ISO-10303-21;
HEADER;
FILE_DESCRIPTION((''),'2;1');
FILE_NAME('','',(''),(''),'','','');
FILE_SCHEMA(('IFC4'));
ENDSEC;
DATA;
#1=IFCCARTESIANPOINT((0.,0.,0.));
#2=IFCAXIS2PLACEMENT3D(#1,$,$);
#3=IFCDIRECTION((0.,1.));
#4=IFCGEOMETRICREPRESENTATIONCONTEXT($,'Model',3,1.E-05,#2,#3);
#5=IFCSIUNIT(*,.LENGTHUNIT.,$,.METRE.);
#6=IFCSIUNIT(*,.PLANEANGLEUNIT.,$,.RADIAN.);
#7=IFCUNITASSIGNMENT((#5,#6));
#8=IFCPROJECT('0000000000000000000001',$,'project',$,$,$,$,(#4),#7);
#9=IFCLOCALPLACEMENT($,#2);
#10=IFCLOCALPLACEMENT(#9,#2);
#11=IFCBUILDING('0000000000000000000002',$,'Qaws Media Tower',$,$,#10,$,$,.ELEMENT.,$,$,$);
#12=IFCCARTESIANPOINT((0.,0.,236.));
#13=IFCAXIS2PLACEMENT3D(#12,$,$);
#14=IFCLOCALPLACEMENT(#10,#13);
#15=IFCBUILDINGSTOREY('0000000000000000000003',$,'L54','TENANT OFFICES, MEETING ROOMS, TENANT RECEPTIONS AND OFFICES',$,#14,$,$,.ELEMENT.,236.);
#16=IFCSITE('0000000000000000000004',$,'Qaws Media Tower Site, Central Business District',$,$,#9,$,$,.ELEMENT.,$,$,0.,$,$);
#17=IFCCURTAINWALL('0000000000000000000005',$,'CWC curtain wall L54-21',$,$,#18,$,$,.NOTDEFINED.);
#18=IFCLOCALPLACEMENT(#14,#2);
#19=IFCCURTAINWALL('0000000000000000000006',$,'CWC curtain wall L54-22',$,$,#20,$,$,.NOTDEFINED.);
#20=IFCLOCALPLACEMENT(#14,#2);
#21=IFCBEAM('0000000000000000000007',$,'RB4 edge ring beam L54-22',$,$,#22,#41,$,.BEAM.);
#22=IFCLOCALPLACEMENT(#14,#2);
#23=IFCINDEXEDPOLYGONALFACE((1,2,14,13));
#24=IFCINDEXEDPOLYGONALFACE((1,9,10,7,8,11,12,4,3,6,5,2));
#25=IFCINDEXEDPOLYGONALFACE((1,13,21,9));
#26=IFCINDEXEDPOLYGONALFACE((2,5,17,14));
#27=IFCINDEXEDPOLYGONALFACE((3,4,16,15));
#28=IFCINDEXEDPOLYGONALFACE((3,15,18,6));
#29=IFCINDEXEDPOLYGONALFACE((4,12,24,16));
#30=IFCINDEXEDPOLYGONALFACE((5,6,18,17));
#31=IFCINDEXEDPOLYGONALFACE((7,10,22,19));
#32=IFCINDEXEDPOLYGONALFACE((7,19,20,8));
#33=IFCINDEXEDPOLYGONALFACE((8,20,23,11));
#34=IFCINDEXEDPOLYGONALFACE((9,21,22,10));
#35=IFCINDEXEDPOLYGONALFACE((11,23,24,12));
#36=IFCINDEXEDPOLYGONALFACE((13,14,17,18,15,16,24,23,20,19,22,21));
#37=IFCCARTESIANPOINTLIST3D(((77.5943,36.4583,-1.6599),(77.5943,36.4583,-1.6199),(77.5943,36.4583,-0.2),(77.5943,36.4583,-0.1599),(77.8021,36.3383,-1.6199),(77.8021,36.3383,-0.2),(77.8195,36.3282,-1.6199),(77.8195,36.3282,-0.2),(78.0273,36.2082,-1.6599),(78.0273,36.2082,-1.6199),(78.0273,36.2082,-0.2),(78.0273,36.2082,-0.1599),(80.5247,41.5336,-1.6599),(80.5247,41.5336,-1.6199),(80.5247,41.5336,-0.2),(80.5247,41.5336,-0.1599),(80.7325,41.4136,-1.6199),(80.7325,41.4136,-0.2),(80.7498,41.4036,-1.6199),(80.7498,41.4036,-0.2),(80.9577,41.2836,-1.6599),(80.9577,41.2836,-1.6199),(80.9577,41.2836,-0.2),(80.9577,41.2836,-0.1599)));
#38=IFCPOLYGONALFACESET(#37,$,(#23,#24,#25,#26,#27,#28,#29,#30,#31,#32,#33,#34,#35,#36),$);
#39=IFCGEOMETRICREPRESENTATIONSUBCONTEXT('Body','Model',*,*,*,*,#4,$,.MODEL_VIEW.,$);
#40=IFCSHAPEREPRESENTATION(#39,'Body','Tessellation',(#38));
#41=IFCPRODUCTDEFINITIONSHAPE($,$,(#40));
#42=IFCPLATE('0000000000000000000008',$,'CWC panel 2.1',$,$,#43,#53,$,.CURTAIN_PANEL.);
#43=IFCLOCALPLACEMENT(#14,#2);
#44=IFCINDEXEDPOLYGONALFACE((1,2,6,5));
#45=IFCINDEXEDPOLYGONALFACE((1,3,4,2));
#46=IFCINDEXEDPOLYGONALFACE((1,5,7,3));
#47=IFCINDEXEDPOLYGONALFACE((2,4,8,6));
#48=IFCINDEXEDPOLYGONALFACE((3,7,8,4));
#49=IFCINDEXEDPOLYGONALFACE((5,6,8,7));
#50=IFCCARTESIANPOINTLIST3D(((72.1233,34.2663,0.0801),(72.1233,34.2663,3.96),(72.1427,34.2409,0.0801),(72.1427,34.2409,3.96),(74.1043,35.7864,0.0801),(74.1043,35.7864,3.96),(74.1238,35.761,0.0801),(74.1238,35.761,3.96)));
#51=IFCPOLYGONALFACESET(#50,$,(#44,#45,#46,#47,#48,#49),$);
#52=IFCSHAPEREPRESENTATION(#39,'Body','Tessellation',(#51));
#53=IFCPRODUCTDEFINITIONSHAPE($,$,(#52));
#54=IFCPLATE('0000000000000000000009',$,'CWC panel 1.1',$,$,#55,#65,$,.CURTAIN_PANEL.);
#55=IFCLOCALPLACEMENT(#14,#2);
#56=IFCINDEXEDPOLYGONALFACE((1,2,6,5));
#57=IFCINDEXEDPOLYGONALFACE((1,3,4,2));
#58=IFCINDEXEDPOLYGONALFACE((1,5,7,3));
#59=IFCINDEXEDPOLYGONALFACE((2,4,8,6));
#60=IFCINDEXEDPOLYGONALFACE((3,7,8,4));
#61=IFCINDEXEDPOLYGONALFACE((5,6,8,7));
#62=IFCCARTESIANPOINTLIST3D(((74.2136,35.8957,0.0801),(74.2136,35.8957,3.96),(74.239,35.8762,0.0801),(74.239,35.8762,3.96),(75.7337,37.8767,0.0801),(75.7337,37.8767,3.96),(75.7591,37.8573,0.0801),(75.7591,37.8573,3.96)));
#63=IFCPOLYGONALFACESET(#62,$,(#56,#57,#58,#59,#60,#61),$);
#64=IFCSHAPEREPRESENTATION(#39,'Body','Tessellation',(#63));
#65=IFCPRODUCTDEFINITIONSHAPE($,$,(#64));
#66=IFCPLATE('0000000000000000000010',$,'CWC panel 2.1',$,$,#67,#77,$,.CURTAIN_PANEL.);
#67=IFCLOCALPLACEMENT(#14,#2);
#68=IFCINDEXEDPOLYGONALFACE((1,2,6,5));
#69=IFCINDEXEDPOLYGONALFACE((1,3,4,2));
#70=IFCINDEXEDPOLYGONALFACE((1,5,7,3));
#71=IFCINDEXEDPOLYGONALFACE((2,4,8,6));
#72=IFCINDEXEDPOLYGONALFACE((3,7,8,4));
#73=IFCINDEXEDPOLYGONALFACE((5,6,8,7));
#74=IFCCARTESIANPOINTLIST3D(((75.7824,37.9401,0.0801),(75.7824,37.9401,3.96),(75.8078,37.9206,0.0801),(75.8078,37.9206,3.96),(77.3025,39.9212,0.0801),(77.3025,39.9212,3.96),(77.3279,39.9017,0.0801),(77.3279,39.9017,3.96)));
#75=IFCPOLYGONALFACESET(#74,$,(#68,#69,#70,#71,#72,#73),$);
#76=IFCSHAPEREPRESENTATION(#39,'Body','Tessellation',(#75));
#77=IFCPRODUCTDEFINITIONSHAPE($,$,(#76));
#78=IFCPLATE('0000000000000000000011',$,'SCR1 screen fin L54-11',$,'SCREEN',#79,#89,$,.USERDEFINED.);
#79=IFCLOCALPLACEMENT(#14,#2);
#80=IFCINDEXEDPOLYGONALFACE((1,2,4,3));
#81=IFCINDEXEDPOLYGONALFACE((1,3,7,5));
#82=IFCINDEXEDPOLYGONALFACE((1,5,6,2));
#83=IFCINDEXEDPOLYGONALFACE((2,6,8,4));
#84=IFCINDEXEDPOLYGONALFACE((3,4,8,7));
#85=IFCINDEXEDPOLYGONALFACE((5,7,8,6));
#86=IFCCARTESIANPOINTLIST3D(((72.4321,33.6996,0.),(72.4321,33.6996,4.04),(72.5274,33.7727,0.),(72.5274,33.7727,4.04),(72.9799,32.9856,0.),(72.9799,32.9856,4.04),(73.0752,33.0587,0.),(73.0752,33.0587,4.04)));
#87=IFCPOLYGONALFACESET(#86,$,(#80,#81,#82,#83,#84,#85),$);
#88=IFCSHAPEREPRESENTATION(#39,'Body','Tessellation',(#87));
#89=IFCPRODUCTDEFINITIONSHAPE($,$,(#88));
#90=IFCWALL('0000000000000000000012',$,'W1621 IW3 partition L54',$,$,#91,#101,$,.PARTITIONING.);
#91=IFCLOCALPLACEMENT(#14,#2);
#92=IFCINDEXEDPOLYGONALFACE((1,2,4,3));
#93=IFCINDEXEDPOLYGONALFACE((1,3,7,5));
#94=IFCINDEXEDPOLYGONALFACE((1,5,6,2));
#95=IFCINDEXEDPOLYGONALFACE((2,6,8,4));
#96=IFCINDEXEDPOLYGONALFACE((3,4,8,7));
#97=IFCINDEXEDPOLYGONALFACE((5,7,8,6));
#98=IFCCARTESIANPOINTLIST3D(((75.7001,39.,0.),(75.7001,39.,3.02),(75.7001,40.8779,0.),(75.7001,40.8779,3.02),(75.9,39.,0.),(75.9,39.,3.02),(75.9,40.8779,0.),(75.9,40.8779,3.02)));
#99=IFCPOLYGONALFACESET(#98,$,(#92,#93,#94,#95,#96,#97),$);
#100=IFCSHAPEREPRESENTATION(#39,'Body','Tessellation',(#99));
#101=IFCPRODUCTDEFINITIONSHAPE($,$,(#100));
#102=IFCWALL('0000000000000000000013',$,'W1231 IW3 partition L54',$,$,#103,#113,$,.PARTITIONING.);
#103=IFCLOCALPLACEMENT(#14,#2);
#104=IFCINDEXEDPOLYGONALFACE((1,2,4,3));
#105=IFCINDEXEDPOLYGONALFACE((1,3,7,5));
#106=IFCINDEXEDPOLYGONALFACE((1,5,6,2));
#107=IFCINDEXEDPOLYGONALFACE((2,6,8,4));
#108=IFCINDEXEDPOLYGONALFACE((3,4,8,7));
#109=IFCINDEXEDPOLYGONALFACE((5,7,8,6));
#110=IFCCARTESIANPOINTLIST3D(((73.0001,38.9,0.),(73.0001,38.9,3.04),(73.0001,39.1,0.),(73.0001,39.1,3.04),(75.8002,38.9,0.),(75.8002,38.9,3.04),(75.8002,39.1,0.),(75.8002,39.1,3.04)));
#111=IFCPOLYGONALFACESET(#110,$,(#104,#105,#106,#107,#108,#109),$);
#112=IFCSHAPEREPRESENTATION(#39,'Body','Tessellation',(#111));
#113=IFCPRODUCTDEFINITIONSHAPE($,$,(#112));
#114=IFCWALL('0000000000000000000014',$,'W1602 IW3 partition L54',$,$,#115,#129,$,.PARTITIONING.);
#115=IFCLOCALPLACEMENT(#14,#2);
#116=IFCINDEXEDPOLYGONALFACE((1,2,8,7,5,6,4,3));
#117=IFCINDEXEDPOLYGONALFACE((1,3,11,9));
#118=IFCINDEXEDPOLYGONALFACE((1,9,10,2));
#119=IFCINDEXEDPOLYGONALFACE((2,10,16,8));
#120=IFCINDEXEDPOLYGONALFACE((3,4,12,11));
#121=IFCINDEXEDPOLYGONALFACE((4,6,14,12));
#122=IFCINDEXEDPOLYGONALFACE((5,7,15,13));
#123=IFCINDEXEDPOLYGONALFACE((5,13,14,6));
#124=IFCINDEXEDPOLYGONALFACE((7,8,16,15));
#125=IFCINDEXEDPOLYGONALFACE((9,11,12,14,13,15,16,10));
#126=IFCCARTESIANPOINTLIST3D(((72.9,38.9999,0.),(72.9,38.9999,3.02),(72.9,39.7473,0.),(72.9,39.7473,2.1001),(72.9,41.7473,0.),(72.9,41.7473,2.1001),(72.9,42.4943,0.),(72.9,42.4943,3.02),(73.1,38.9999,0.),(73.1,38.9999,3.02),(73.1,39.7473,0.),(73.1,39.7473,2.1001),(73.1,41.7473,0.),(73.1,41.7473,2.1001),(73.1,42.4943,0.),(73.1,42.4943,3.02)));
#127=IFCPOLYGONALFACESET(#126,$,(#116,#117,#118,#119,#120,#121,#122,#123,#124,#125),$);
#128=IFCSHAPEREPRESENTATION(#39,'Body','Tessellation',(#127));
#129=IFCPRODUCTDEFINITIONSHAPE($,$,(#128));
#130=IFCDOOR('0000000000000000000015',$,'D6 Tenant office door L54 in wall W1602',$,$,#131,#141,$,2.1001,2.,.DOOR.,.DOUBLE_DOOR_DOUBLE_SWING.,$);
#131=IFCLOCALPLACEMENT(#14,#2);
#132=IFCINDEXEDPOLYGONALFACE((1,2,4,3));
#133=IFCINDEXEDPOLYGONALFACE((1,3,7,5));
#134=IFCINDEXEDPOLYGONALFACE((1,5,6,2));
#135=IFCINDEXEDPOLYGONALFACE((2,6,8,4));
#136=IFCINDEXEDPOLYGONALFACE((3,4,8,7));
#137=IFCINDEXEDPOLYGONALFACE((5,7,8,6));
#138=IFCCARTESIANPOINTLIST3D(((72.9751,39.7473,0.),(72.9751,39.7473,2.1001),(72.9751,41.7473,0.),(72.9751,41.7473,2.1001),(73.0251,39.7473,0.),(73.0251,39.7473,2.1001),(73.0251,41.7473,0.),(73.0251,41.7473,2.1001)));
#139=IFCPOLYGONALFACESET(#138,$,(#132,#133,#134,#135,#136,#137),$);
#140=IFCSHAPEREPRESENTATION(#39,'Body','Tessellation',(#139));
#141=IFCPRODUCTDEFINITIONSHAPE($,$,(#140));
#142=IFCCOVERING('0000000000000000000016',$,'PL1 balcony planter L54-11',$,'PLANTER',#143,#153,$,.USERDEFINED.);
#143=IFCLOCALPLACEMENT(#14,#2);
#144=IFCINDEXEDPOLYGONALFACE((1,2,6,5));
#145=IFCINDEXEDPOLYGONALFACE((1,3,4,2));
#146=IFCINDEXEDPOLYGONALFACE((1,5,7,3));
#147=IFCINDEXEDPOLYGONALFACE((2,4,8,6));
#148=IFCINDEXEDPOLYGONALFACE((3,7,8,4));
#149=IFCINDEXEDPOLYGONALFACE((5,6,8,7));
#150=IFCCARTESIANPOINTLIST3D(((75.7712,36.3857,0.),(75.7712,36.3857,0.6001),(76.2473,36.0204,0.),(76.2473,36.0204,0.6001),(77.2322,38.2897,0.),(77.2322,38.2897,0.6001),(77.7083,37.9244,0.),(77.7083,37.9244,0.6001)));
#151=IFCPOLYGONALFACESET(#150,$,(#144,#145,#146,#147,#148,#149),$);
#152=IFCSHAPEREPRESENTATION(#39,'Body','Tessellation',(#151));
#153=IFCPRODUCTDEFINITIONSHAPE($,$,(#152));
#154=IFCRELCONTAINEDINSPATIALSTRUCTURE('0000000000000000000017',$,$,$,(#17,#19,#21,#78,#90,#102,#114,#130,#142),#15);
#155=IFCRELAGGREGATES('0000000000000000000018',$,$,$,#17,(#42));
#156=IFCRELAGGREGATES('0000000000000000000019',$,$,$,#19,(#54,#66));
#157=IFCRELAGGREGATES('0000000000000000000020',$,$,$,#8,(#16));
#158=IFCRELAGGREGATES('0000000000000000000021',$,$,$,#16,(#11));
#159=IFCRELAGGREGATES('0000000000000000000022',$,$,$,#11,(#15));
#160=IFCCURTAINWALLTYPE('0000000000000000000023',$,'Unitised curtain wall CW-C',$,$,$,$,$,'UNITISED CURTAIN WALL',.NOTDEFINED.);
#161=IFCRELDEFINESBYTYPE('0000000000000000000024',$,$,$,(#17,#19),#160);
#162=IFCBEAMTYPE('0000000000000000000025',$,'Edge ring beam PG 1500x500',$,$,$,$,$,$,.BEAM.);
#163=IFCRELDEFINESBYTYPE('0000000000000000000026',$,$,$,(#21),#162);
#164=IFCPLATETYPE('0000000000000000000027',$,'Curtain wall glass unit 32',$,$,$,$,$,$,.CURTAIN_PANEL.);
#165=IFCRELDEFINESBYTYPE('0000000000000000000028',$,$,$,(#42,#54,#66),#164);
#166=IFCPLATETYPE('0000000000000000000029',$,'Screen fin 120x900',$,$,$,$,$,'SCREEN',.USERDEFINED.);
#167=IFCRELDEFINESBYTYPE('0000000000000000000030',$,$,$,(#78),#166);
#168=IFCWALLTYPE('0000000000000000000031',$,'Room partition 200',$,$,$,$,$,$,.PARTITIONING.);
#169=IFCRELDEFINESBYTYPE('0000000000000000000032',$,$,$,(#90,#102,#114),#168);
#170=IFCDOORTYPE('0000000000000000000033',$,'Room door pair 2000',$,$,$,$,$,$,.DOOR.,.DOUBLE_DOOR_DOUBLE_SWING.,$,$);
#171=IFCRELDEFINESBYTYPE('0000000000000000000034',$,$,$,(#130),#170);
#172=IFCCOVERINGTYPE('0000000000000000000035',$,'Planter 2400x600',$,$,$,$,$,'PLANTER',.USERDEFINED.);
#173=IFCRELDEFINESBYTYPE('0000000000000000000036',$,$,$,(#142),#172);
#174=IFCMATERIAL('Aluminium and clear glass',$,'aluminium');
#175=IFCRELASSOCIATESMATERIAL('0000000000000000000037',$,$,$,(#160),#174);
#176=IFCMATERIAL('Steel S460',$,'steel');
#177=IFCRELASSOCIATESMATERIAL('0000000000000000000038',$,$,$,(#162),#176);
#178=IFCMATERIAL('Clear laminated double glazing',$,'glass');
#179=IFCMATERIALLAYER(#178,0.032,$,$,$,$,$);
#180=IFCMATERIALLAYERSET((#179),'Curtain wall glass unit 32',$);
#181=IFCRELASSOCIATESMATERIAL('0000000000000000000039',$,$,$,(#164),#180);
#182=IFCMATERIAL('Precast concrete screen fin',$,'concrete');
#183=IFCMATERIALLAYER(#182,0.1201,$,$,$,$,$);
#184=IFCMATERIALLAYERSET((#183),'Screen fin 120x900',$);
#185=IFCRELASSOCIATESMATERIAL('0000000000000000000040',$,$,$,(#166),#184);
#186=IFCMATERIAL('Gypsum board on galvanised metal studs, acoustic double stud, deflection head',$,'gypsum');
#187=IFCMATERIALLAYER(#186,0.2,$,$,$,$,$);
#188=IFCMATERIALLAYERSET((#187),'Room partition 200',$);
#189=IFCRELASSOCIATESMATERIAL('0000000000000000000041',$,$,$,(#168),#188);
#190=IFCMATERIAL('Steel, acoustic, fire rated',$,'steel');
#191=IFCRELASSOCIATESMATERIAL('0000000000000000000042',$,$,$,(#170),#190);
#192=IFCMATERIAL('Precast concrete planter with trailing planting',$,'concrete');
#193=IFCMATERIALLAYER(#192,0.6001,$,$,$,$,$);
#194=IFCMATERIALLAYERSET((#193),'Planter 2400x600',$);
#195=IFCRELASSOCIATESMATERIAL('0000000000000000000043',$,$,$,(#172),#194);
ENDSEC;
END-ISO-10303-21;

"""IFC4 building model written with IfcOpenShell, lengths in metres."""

from ifc_helpers import new_model, si_unit, direction, frame, frame_2d, origin, origin_2d, place, context, subcontext, project, spatial, rectangle, i_section, extrude, material, layer, layer_set, material_profile, profile_set, type_object, element, fill, aggregate, save


model = new_model("IFC4")

# Units and contexts
model_context = context("Model", 3, precision=1e-05, world=origin(), true_north=direction((0.0, 1.0)))
body_context = subcontext(model_context, "Body", "Model", "MODEL_VIEW")
ifc_project = project(units=[si_unit("LENGTHUNIT", "METRE"), si_unit("PLANEANGLEUNIT", "RADIAN")], contexts=[model_context])

# Site, building, storey
site_placement = place(None, origin())
site = spatial("IfcSite", under=ifc_project, at=site_placement, Name="Qaws Media Tower Site, Central Business District", CompositionType="ELEMENT", RefElevation=0.0)
building_placement = place(site_placement, origin())
building = spatial("IfcBuilding", under=site, at=building_placement, Name="Qaws Media Tower", CompositionType="ELEMENT")
storey_placement = place(building_placement, frame((0.0, 0.0, 236.0)))
storey = spatial("IfcBuildingStorey", under=building, at=storey_placement, Name="L54", Description="TENANT OFFICES, MEETING ROOMS, TENANT RECEPTIONS AND OFFICES", CompositionType="ELEMENT", Elevation=236.0)

# Curtain walls
ifc_material_1 = material(Name="Aluminium and clear glass", Category="aluminium")
curtain_wall_type = type_object("IfcCurtainWallType", Name="Unitised curtain wall CW-C", ElementType="UNITISED CURTAIN WALL", PredefinedType="NOTDEFINED", material=ifc_material_1)
curtain_wall_1_placement = place(storey_placement, origin())
curtain_wall_1 = element("IfcCurtainWall", 1, at=curtain_wall_1_placement, inside=storey, type_object=curtain_wall_type, Name="CWC curtain wall L54-21", PredefinedType="NOTDEFINED")
curtain_wall_2_placement = place(storey_placement, origin())
curtain_wall_2 = element("IfcCurtainWall", 2, at=curtain_wall_2_placement, inside=storey, type_object=curtain_wall_type, Name="CWC curtain wall L54-22", PredefinedType="NOTDEFINED")

# Beam
ifc_material_2 = material(Name="Steel S460", Category="steel")
ifc_material_profile_1 = material_profile(ifc_material_2, i_section(OverallWidth=0.5, OverallDepth=1.5, WebThickness=0.02, FlangeThickness=0.04, at=origin_2d()), Name="PG 1500x500")
ifc_profile_set_1 = profile_set([ifc_material_profile_1], Name="Steel S460")
beam_type = type_object("IfcBeamType", Name="Edge ring beam PG 1500x500", PredefinedType="BEAM", material=ifc_profile_set_1)
for number, where, z_axis, x_axis, name in (
    (3, (77.8108, 36.3333, -0.9099), (0.500015, 0.866017, 0.0), (-0.866017, 0.500015, 0.0), "RB4 edge ring beam L54-22"),
):
    element("IfcBeam", number, at=place(storey_placement, frame(where, z_axis=z_axis, x_axis=x_axis)), inside=storey, type_object=beam_type, Name=name, PredefinedType="BEAM", context=body_context, shape_type="SweptSolid", body=[
        extrude(i_section(OverallWidth=0.5, OverallDepth=1.5, WebThickness=0.02, FlangeThickness=0.04, at=origin_2d()), origin(), (0.0, 0.0, 1.0), 5.8606),
    ])

# Plates
ifc_material_3 = material(Name="Clear laminated double glazing", Category="glass")
ifc_layer_1 = layer(ifc_material_3, 0.032)
ifc_layer_set_1 = layer_set([ifc_layer_1], Name="Curtain wall glass unit 32")
plate_type_1 = type_object("IfcPlateType", Name="Curtain wall glass unit 32", PredefinedType="CURTAIN_PANEL", material=ifc_layer_set_1)
plate_1_placement = place(storey_placement, frame((73.1235, 35.0137, 0.0801), z_axis=(0.0, 0.0, 1.0), x_axis=(0.793353, 0.608761, 0.0)))
plate_1 = element("IfcPlate", 4, at=plate_1_placement, type_object=plate_type_1, Name="CWC panel 2.1", PredefinedType="CURTAIN_PANEL", context=body_context, shape_type="SweptSolid", body=[
    extrude(rectangle(XDim=2.4971, YDim=0.032, at=origin_2d()), origin(), (0.0, 0.0, 1.0), 3.8799),
])
aggregate(curtain_wall_1, [plate_1])
plate_2_placement = place(storey_placement, frame((74.9863, 36.8765, 0.0801), z_axis=(0.0, 0.0, 1.0), x_axis=(0.608761, 0.793353, 0.0)))
plate_2 = element("IfcPlate", 5, at=plate_2_placement, type_object=plate_type_1, Name="CWC panel 1.1", PredefinedType="CURTAIN_PANEL", context=body_context, shape_type="SweptSolid", body=[
    extrude(rectangle(XDim=2.4971, YDim=0.032, at=origin_2d()), origin(), (0.0, 0.0, 1.0), 3.8799),
])
plate_3_placement = place(storey_placement, frame((76.5552, 38.9209, 0.0801), z_axis=(0.0, 0.0, 1.0), x_axis=(0.608761, 0.793353, 0.0)))
plate_3 = element("IfcPlate", 6, at=plate_3_placement, type_object=plate_type_1, Name="CWC panel 2.1", PredefinedType="CURTAIN_PANEL", context=body_context, shape_type="SweptSolid", body=[
    extrude(rectangle(XDim=2.4971, YDim=0.032, at=origin_2d()), origin(), (0.0, 0.0, 1.0), 3.8799),
])
aggregate(curtain_wall_2, [plate_2, plate_3])
ifc_material_4 = material(Name="Precast concrete screen fin", Category="concrete")
ifc_layer_2 = layer(ifc_material_4, 0.1201)
ifc_layer_set_2 = layer_set([ifc_layer_2], Name="Screen fin 120x900")
plate_type_2 = type_object("IfcPlateType", Name="Screen fin 120x900", ElementType="SCREEN", PredefinedType="USERDEFINED", material=ifc_layer_set_2)
plate_4_placement = place(storey_placement, frame((72.7537, 33.3792, 0.0), z_axis=(0.0, 0.0, 1.0), x_axis=(0.608761, -0.793353, 0.0)))
element("IfcPlate", 7, at=plate_4_placement, inside=storey, type_object=plate_type_2, Name="SCR1 screen fin L54-11", ObjectType="SCREEN", PredefinedType="USERDEFINED", context=body_context, shape_type="SweptSolid", body=[
    extrude(rectangle(XDim=0.8999, YDim=0.1201, at=origin_2d()), origin(), (0.0, 0.0, 1.0), 4.04),
])

# Walls
ifc_material_5 = material(Name="Gypsum board on galvanised metal studs, acoustic double stud, deflection head", Category="gypsum")
ifc_layer_3 = layer(ifc_material_5, 0.2)
ifc_layer_set_3 = layer_set([ifc_layer_3], Name="Room partition 200")
wall_type = type_object("IfcWallType", Name="Room partition 200", PredefinedType="PARTITIONING", material=ifc_layer_set_3)
wall_1_placement = place(storey_placement, frame((75.8, 40.8779, 0.0), z_axis=(0.0, 0.0, 1.0), x_axis=(0.0, -1.0, 0.0)))
element("IfcWall", 8, at=wall_1_placement, inside=storey, type_object=wall_type, Name="W1621 IW3 partition L54", PredefinedType="PARTITIONING", context=body_context, shape_type="SweptSolid", body=[
    extrude(rectangle(XDim=1.8779, YDim=0.2, at=frame_2d((0.939, 0.0))), origin(), (0.0, 0.0, 1.0), 3.02),
])
wall_2_placement = place(storey_placement, frame((75.8, 39.0, 0.0), z_axis=(0.0, 0.0, 1.0), x_axis=(-1.0, 0.0, 0.0)))
element("IfcWall", 9, at=wall_2_placement, inside=storey, type_object=wall_type, Name="W1231 IW3 partition L54", PredefinedType="PARTITIONING", context=body_context, shape_type="SweptSolid", body=[
    extrude(rectangle(XDim=2.8, YDim=0.2, at=frame_2d((1.3999, 0.0))), origin(), (0.0, 0.0, 1.0), 3.04),
])

# Wall, opening, door
wall_3_placement = place(storey_placement, frame((73.0, 39.0, 0.0), z_axis=(0.0, 0.0, 1.0), x_axis=(0.0, 1.0, 0.0)))
wall_3 = element("IfcWall", 10, at=wall_3_placement, inside=storey, type_object=wall_type, Name="W1602 IW3 partition L54", PredefinedType="PARTITIONING", context=body_context, shape_type="SweptSolid", body=[
    extrude(rectangle(XDim=3.4944, YDim=0.2, at=frame_2d((1.7471, 0.0))), origin(), (0.0, 0.0, 1.0), 3.02),
])
opening_placement = place(wall_3_placement, frame((0.7473, 0.0, 0.0)))
opening = element("IfcOpeningElement", 11, at=opening_placement, cuts=wall_3, PredefinedType="OPENING", context=body_context, shape_type="SweptSolid", body=[
    extrude(rectangle(XDim=2.0, YDim=2.1001, at=frame_2d((1.0, 1.05))), frame((0.0, 0.1099, 0.0), z_axis=(0.0, -1.0, 0.0), x_axis=(1.0, 0.0, 0.0)), (0.0, 0.0, 1.0), 0.22),
])
ifc_material_6 = material(Name="Steel, acoustic, fire rated", Category="steel")
door_type = type_object("IfcDoorType", Name="Room door pair 2000", OperationType="DOUBLE_DOOR_DOUBLE_SWING", PredefinedType="DOOR", material=ifc_material_6)
door_placement = place(opening_placement, origin())
door = element("IfcDoor", 12, at=door_placement, inside=storey, type_object=door_type, Name="D6 Tenant office door L54 in wall W1602", OperationType="DOUBLE_DOOR_DOUBLE_SWING", OverallHeight=2.1001, OverallWidth=2.0, PredefinedType="DOOR", context=body_context, shape_type="SweptSolid", body=[
    extrude(rectangle(XDim=2.0, YDim=2.1001, at=frame_2d((1.0, 1.05))), frame((0.0, 0.0249, 0.0), z_axis=(0.0, -1.0, 0.0), x_axis=(1.0, 0.0, 0.0)), (0.0, 0.0, 1.0), 0.05),
])
fill(opening, door)

# Covering
ifc_material_7 = material(Name="Precast concrete planter with trailing planting", Category="concrete")
ifc_layer_4 = layer(ifc_material_7, 0.6001)
ifc_layer_set_4 = layer_set([ifc_layer_4], Name="Planter 2400x600")
covering_type = type_object("IfcCoveringType", Name="Planter 2400x600", ElementType="PLANTER", PredefinedType="USERDEFINED", material=ifc_layer_set_4)
covering_placement = place(storey_placement, frame((76.7397, 37.155, 0.0), z_axis=(0.0, 0.0, 1.0), x_axis=(0.608761, 0.793353, 0.0)))
element("IfcCovering", 13, at=covering_placement, inside=storey, type_object=covering_type, Name="PL1 balcony planter L54-11", ObjectType="PLANTER", PredefinedType="USERDEFINED", context=body_context, shape_type="SweptSolid", body=[
    extrude(rectangle(XDim=2.3999, YDim=0.6001, at=origin_2d()), origin(), (0.0, 0.0, 1.0), 0.6001),
])

save(model, "model.ifc")
